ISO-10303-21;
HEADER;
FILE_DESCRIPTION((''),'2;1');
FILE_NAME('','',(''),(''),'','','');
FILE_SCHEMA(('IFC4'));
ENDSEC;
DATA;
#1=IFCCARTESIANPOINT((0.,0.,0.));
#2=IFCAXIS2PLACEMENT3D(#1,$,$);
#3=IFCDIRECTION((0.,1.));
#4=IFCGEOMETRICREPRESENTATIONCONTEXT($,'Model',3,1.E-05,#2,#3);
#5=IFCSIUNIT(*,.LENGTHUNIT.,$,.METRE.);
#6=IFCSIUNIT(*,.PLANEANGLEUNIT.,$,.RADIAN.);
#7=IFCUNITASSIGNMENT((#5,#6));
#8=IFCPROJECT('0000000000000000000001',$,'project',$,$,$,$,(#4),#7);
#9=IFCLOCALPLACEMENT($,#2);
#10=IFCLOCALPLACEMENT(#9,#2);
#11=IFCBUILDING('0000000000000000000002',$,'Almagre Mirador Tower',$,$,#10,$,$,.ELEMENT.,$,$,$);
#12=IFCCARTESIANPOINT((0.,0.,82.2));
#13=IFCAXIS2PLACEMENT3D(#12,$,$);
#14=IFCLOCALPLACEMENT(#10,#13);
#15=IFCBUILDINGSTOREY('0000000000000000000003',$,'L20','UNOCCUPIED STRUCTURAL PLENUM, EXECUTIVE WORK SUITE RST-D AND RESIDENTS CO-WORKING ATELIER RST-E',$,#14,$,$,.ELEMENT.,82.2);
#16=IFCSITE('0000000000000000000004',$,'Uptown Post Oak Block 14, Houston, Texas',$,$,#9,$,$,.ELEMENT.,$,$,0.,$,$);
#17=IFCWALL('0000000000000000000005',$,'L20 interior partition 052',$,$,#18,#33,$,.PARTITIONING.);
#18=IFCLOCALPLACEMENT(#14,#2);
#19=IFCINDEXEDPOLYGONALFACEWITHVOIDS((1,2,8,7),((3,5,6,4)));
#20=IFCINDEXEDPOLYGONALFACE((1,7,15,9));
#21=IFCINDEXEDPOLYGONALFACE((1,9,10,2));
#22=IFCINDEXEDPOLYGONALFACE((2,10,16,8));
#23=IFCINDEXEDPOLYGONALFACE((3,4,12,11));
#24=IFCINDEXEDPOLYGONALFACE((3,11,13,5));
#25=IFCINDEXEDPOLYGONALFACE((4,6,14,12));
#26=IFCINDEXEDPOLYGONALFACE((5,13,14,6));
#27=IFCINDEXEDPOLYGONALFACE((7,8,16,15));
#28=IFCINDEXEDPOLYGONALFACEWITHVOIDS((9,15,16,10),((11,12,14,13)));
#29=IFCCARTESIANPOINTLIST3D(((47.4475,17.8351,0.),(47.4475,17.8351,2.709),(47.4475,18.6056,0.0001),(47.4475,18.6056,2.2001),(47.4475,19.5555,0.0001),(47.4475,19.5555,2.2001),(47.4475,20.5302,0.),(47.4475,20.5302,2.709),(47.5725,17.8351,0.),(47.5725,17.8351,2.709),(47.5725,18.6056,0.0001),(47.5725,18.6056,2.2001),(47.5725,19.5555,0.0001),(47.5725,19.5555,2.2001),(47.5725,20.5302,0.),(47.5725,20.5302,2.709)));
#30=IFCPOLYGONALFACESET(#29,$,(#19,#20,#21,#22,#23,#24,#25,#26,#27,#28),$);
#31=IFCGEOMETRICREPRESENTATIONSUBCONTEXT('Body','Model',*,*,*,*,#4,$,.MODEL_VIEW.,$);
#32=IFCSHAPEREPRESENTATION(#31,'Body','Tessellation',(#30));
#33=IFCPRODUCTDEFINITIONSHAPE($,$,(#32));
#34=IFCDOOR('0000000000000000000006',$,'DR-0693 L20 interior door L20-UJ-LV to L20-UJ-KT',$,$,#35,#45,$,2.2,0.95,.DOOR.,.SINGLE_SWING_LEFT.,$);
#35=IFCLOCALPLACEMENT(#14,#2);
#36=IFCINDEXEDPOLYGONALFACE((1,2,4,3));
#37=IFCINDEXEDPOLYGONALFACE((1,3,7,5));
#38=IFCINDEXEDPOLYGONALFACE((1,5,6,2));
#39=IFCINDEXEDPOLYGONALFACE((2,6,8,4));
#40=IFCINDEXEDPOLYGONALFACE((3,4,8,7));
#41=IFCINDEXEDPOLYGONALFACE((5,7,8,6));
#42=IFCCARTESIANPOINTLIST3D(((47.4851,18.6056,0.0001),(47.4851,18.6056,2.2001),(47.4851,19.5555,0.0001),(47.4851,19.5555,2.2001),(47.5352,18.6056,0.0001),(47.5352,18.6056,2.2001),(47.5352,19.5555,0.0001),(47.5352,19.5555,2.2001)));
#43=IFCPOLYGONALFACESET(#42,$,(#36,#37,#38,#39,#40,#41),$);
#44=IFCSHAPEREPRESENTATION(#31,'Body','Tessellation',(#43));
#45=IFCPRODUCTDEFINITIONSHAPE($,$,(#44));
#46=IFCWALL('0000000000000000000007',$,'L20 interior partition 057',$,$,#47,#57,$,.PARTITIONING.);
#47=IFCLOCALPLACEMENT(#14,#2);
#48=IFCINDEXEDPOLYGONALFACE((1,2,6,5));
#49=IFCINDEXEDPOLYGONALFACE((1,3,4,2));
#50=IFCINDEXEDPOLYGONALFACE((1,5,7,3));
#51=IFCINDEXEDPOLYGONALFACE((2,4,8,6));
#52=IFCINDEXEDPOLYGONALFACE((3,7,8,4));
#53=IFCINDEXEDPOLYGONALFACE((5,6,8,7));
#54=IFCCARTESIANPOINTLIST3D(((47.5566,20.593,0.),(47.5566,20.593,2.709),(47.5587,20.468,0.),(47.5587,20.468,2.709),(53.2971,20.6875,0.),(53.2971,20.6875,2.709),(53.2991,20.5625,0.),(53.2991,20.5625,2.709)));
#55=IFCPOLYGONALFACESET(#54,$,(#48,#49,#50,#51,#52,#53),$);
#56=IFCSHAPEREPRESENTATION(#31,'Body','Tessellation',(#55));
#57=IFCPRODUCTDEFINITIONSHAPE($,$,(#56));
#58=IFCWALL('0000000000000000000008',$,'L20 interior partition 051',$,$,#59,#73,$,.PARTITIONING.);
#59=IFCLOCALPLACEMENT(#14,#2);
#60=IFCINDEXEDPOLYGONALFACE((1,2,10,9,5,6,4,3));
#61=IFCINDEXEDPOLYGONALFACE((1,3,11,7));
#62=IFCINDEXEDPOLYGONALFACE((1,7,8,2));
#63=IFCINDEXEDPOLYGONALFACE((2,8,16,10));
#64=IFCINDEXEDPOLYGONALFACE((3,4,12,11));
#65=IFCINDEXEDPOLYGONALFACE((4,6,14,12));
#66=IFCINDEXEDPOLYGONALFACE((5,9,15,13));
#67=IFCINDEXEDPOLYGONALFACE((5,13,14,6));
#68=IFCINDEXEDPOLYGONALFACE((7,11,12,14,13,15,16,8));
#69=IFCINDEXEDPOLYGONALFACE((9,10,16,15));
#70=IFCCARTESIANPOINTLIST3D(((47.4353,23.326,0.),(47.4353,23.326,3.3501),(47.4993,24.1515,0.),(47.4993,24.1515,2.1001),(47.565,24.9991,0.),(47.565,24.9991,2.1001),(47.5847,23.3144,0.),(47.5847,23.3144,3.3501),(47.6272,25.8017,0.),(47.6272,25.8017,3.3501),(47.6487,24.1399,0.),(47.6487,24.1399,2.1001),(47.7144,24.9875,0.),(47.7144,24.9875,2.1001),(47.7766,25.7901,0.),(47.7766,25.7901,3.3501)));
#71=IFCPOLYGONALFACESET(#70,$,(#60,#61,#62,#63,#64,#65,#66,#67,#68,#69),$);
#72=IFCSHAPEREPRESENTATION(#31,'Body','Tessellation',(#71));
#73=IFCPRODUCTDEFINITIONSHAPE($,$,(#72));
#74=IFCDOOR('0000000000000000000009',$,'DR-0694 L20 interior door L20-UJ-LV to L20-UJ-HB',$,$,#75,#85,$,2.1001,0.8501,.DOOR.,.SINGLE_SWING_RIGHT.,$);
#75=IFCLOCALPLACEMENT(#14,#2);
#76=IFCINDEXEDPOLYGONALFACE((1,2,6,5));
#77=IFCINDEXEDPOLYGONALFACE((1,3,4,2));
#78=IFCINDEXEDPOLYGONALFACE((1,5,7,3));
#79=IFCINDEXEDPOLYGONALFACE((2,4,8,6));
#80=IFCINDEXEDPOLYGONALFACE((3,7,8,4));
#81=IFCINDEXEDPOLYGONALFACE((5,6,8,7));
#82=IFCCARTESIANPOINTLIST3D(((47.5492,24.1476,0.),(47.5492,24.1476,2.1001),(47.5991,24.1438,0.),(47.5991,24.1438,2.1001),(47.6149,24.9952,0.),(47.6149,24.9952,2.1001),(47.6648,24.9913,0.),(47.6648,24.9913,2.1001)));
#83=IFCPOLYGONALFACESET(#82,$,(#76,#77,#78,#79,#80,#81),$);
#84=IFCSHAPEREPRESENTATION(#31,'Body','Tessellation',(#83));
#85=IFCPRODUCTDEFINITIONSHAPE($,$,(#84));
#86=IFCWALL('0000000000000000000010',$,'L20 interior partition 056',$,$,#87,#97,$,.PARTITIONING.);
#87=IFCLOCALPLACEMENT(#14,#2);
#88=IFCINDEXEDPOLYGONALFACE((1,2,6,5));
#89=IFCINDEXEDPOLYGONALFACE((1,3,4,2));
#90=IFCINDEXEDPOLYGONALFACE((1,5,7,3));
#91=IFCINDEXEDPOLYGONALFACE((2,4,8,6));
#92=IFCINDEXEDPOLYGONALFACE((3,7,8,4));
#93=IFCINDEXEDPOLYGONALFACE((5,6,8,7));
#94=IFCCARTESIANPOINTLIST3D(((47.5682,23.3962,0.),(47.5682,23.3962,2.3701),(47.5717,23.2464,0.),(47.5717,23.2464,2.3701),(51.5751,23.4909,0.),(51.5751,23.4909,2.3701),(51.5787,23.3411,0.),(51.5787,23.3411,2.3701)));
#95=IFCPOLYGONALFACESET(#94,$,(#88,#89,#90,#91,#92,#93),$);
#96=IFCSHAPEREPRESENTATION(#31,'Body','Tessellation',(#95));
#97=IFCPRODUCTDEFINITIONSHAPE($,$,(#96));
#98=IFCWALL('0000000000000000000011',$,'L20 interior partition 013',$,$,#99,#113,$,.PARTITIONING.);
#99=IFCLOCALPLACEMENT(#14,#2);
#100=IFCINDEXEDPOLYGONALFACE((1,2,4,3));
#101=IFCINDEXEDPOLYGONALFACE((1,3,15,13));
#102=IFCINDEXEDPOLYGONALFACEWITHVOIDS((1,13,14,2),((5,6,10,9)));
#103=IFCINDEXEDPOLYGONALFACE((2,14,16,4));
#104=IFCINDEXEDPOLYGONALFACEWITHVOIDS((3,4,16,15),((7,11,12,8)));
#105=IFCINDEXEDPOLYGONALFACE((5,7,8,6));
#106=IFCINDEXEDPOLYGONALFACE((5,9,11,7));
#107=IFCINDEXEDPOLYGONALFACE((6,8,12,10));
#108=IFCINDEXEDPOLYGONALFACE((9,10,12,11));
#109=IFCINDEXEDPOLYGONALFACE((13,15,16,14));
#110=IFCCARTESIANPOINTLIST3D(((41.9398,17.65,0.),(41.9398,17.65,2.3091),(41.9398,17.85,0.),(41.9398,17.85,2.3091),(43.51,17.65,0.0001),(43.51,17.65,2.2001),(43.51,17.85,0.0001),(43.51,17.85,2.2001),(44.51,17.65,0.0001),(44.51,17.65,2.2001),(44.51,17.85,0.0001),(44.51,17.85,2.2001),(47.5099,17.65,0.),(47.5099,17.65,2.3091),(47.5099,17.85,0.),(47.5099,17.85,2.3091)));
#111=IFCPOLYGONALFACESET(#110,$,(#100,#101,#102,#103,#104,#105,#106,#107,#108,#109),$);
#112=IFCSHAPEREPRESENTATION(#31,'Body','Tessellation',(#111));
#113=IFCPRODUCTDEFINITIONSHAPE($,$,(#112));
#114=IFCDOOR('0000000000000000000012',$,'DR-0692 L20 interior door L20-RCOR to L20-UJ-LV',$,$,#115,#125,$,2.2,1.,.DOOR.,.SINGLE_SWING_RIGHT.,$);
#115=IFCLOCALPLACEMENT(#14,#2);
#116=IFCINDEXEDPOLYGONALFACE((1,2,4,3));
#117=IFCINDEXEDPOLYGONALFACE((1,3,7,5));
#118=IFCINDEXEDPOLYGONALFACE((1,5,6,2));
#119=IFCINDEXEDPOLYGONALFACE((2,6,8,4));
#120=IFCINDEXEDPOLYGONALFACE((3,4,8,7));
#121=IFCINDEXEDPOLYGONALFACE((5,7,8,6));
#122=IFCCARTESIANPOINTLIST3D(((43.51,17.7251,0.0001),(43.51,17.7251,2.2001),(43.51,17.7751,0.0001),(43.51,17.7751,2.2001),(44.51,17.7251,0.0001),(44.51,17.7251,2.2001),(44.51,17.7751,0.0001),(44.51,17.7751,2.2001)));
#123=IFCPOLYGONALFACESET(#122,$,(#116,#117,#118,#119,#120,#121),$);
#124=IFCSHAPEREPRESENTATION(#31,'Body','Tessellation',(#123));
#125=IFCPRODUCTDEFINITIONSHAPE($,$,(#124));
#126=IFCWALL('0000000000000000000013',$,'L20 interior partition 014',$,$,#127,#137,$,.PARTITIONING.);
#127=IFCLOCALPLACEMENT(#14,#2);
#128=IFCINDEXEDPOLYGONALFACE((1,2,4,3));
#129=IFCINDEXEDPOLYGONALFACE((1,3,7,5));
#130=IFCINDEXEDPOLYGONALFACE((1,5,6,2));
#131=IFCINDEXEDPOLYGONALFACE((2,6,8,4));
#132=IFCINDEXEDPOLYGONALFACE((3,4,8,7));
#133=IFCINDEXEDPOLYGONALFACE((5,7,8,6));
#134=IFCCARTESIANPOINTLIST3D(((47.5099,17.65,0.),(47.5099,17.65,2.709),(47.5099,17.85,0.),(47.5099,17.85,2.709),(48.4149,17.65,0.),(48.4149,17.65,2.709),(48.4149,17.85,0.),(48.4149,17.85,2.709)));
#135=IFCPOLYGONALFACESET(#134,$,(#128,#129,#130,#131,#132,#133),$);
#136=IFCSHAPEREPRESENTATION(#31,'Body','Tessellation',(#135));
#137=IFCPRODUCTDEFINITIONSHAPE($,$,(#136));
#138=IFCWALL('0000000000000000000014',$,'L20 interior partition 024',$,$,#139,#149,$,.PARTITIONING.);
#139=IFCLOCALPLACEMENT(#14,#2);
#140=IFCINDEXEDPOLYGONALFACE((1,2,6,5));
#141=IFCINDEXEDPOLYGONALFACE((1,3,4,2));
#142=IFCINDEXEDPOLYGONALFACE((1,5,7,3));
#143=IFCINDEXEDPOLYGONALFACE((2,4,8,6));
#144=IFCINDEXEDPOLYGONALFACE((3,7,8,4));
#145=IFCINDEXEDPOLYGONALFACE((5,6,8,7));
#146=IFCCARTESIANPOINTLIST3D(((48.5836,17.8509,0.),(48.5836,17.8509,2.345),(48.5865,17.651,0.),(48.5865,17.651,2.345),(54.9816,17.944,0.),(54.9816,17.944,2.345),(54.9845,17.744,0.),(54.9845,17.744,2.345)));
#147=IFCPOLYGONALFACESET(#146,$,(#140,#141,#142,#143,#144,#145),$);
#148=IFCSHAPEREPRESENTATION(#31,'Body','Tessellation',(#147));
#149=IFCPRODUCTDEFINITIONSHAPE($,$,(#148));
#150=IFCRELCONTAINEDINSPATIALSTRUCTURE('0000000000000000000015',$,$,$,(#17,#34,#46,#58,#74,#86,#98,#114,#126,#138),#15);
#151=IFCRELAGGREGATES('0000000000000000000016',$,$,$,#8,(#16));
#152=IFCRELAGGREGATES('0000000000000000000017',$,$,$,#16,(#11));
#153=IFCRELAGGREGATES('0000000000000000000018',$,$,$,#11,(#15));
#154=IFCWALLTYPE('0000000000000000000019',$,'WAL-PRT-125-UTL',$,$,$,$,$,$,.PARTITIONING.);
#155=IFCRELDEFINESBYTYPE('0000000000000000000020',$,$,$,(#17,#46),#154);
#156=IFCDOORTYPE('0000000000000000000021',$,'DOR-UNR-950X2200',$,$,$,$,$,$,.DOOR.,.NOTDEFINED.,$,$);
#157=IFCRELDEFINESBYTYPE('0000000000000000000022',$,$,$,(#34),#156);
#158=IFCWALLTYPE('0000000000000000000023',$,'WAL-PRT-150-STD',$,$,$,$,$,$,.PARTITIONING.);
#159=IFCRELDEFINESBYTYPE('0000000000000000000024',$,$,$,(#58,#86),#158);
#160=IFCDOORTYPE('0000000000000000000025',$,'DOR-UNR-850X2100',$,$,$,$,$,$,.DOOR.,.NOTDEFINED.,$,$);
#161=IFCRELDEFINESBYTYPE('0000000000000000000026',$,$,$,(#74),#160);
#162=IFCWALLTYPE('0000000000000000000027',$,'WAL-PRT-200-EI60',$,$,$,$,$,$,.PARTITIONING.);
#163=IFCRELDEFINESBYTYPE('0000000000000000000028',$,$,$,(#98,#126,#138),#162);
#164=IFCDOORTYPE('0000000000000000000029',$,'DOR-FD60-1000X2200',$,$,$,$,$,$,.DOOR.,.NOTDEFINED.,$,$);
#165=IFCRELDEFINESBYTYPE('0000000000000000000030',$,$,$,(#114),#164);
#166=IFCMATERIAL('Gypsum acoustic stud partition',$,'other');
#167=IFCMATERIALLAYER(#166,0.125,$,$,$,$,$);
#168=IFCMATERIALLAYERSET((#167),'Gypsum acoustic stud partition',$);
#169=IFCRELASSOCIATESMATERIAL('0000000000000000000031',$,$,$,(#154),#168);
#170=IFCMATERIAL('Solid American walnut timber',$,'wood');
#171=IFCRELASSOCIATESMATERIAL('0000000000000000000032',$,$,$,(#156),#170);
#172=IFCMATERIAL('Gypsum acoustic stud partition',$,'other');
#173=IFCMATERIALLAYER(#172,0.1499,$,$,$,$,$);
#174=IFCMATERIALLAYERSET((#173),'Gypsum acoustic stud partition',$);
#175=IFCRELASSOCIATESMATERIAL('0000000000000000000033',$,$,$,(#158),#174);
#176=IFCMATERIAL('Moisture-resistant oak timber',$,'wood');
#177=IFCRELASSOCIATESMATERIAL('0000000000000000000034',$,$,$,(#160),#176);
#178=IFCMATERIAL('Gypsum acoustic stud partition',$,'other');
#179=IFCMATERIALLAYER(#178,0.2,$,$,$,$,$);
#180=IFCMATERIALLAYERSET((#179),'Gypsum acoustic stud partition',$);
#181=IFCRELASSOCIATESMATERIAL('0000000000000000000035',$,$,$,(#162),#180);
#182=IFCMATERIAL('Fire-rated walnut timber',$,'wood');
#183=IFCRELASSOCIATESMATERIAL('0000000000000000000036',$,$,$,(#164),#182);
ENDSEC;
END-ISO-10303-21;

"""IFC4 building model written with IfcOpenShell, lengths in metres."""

from ifc_helpers import new_model, si_unit, direction, frame, frame_2d, origin, place, context, subcontext, project, spatial, rectangle, extrude, material, layer, layer_set, type_object, element, fill, save


model = new_model("IFC4")

# Units and contexts
model_context = context("Model", 3, precision=1e-05, world=origin(), true_north=direction((0.0, 1.0)))
body_context = subcontext(model_context, "Body", "Model", "MODEL_VIEW")
ifc_project = project(units=[si_unit("LENGTHUNIT", "METRE"), si_unit("PLANEANGLEUNIT", "RADIAN")], contexts=[model_context])

# Site, building, storey
site_placement = place(None, origin())
site = spatial("IfcSite", under=ifc_project, at=site_placement, Name="Uptown Post Oak Block 14, Houston, Texas", CompositionType="ELEMENT", RefElevation=0.0)
building_placement = place(site_placement, origin())
building = spatial("IfcBuilding", under=site, at=building_placement, Name="Almagre Mirador Tower", CompositionType="ELEMENT")
storey_placement = place(building_placement, frame((0.0, 0.0, 82.2)))
storey = spatial("IfcBuildingStorey", under=building, at=storey_placement, Name="L20", Description="UNOCCUPIED STRUCTURAL PLENUM, EXECUTIVE WORK SUITE RST-D AND RESIDENTS CO-WORKING ATELIER RST-E", CompositionType="ELEMENT", Elevation=82.2)

# Wall, opening, door
ifc_material_1 = material(Name="Gypsum acoustic stud partition", Category="other")
ifc_layer_1 = layer(ifc_material_1, 0.125)
ifc_layer_set_1 = layer_set([ifc_layer_1], Name="Gypsum acoustic stud partition")
wall_type_1 = type_object("IfcWallType", Name="WAL-PRT-125-UTL", PredefinedType="PARTITIONING", material=ifc_layer_set_1)
wall_1_placement = place(storey_placement, frame((47.51, 17.835, 0.0), z_axis=(0.0, 0.0, 1.0), x_axis=(0.0, 1.0, 0.0)))
wall_1 = element("IfcWall", 1, at=wall_1_placement, inside=storey, type_object=wall_type_1, Name="L20 interior partition 052", PredefinedType="PARTITIONING", context=body_context, shape_type="SweptSolid", body=[
    extrude(rectangle(XDim=2.6951, YDim=0.125, at=frame_2d((1.3477, 0.0))), origin(), (0.0, 0.0, 1.0), 2.709),
])
opening_1_placement = place(wall_1_placement, frame((0.7705, 0.0, 0.0)))
opening_1 = element("IfcOpeningElement", 2, at=opening_1_placement, cuts=wall_1, PredefinedType="OPENING", context=body_context, shape_type="SweptSolid", body=[
    extrude(rectangle(XDim=0.95, YDim=2.2, at=frame_2d((0.4751, 1.1001))), frame((0.0, 0.0725, 0.0), z_axis=(0.0, -1.0, 0.0), x_axis=(1.0, 0.0, 0.0)), (0.0, 0.0, 1.0), 0.145),
])
ifc_material_2 = material(Name="Solid American walnut timber", Category="wood")
door_type_1 = type_object("IfcDoorType", Name="DOR-UNR-950X2200", OperationType="NOTDEFINED", PredefinedType="DOOR", material=ifc_material_2)
door_1_placement = place(opening_1_placement, origin())
door_1 = element("IfcDoor", 3, at=door_1_placement, inside=storey, type_object=door_type_1, Name="DR-0693 L20 interior door L20-UJ-LV to L20-UJ-KT", OperationType="SINGLE_SWING_LEFT", OverallHeight=2.2, OverallWidth=0.95, PredefinedType="DOOR", context=body_context, shape_type="SweptSolid", body=[
    extrude(rectangle(XDim=0.95, YDim=2.2, at=frame_2d((0.4751, 1.1001))), frame((0.0, 0.0249, 0.0), z_axis=(0.0, -1.0, 0.0), x_axis=(1.0, 0.0, 0.0)), (0.0, 0.0, 1.0), 0.05),
])
fill(opening_1, door_1)

# Wall
wall_2_placement = place(storey_placement, frame((53.2981, 20.625, 0.0), z_axis=(0.0, 0.0, 1.0), x_axis=(-0.999865, -0.016457, 0.0)))
element("IfcWall", 4, at=wall_2_placement, inside=storey, type_object=wall_type_1, Name="L20 interior partition 057", PredefinedType="PARTITIONING", context=body_context, shape_type="SweptSolid", body=[
    extrude(rectangle(XDim=5.7412, YDim=0.125, at=frame_2d((2.8706, 0.0))), origin(), (0.0, 0.0, 1.0), 2.709),
])

# Wall, opening, door
ifc_material_3 = material(Name="Gypsum acoustic stud partition", Category="other")
ifc_layer_2 = layer(ifc_material_3, 0.1499)
ifc_layer_set_2 = layer_set([ifc_layer_2], Name="Gypsum acoustic stud partition")
wall_type_2 = type_object("IfcWallType", Name="WAL-PRT-150-STD", PredefinedType="PARTITIONING", material=ifc_layer_set_2)
wall_3_placement = place(storey_placement, frame((47.51, 23.3201, 0.0), z_axis=(0.0, 0.0, 1.0), x_axis=(0.077275, 0.99701, 0.0)))
wall_3 = element("IfcWall", 5, at=wall_3_placement, inside=storey, type_object=wall_type_2, Name="L20 interior partition 051", PredefinedType="PARTITIONING", context=body_context, shape_type="SweptSolid", body=[
    extrude(rectangle(XDim=2.4832, YDim=0.1499, at=frame_2d((1.2417, 0.0))), origin(), (0.0, 0.0, 1.0), 3.3501),
])
opening_2_placement = place(wall_3_placement, frame((0.8281, 0.0, 0.0)))
opening_2 = element("IfcOpeningElement", 6, at=opening_2_placement, cuts=wall_3, PredefinedType="OPENING", context=body_context, shape_type="SweptSolid", body=[
    extrude(rectangle(XDim=0.8501, YDim=2.1001, at=frame_2d((0.425, 1.05))), frame((0.0, 0.085, 0.0), z_axis=(0.0, -1.0, 0.0), x_axis=(1.0, 0.0, 0.0)), (0.0, 0.0, 1.0), 0.1699),
])
ifc_material_4 = material(Name="Moisture-resistant oak timber", Category="wood")
door_type_2 = type_object("IfcDoorType", Name="DOR-UNR-850X2100", OperationType="NOTDEFINED", PredefinedType="DOOR", material=ifc_material_4)
door_2_placement = place(opening_2_placement, origin())
door_2 = element("IfcDoor", 7, at=door_2_placement, inside=storey, type_object=door_type_2, Name="DR-0694 L20 interior door L20-UJ-LV to L20-UJ-HB", OperationType="SINGLE_SWING_RIGHT", OverallHeight=2.1001, OverallWidth=0.8501, PredefinedType="DOOR", context=body_context, shape_type="SweptSolid", body=[
    extrude(rectangle(XDim=0.8501, YDim=2.1001, at=frame_2d((0.425, 1.05))), frame((0.0, 0.0249, 0.0), z_axis=(0.0, -1.0, 0.0), x_axis=(1.0, 0.0, 0.0)), (0.0, 0.0, 1.0), 0.05),
])
fill(opening_2, door_2)

# Wall
wall_4_placement = place(storey_placement, frame((47.5701, 23.3213, 0.0), z_axis=(0.0, 0.0, 1.0), x_axis=(0.999721, 0.023635, 0.0)))
element("IfcWall", 8, at=wall_4_placement, inside=storey, type_object=wall_type_2, Name="L20 interior partition 056", PredefinedType="PARTITIONING", context=body_context, shape_type="SweptSolid", body=[
    extrude(rectangle(XDim=4.0081, YDim=0.1499, at=frame_2d((2.0039, 0.0))), origin(), (0.0, 0.0, 1.0), 2.3701),
])

# Wall, opening, door
ifc_material_5 = material(Name="Gypsum acoustic stud partition", Category="other")
ifc_layer_3 = layer(ifc_material_5, 0.2)
ifc_layer_set_3 = layer_set([ifc_layer_3], Name="Gypsum acoustic stud partition")
wall_type_3 = type_object("IfcWallType", Name="WAL-PRT-200-EI60", PredefinedType="PARTITIONING", material=ifc_layer_set_3)
wall_5_placement = place(storey_placement, frame((47.51, 17.75, 0.0), z_axis=(0.0, 0.0, 1.0), x_axis=(-1.0, 0.0, 0.0)))
wall_5 = element("IfcWall", 9, at=wall_5_placement, inside=storey, type_object=wall_type_3, Name="L20 interior partition 013", PredefinedType="PARTITIONING", context=body_context, shape_type="SweptSolid", body=[
    extrude(rectangle(XDim=5.5701, YDim=0.2, at=frame_2d((2.7852, 0.0))), origin(), (0.0, 0.0, 1.0), 2.3091),
])
opening_3_placement = place(wall_5_placement, frame((3.0, 0.0, 0.0)))
opening_3 = element("IfcOpeningElement", 10, at=opening_3_placement, cuts=wall_5, PredefinedType="OPENING", context=body_context, shape_type="SweptSolid", body=[
    extrude(rectangle(XDim=1.0, YDim=2.2, at=frame_2d((0.5, 1.1001))), frame((0.0, 0.1101, 0.0), z_axis=(0.0, -1.0, 0.0), x_axis=(1.0, 0.0, 0.0)), (0.0, 0.0, 1.0), 0.22),
])
ifc_material_6 = material(Name="Fire-rated walnut timber", Category="wood")
door_type_3 = type_object("IfcDoorType", Name="DOR-FD60-1000X2200", OperationType="NOTDEFINED", PredefinedType="DOOR", material=ifc_material_6)
door_3_placement = place(opening_3_placement, origin())
door_3 = element("IfcDoor", 11, at=door_3_placement, inside=storey, type_object=door_type_3, Name="DR-0692 L20 interior door L20-RCOR to L20-UJ-LV", OperationType="SINGLE_SWING_RIGHT", OverallHeight=2.2, OverallWidth=1.0, PredefinedType="DOOR", context=body_context, shape_type="SweptSolid", body=[
    extrude(rectangle(XDim=1.0, YDim=2.2, at=frame_2d((0.5, 1.1001))), frame((0.0, 0.0249, 0.0), z_axis=(0.0, -1.0, 0.0), x_axis=(1.0, 0.0, 0.0)), (0.0, 0.0, 1.0), 0.05),
])
fill(opening_3, door_3)

# Walls
wall_6_placement = place(storey_placement, frame((48.415, 17.75, 0.0), z_axis=(0.0, 0.0, 1.0), x_axis=(-1.0, 0.0, 0.0)))
element("IfcWall", 12, at=wall_6_placement, inside=storey, type_object=wall_type_3, Name="L20 interior partition 014", PredefinedType="PARTITIONING", context=body_context, shape_type="SweptSolid", body=[
    extrude(rectangle(XDim=0.905, YDim=0.2, at=frame_2d((0.4526, 0.0))), origin(), (0.0, 0.0, 1.0), 2.709),
])
wall_7_placement = place(storey_placement, frame((54.9829, 17.844, 0.0), z_axis=(0.0, 0.0, 1.0), x_axis=(-0.999894, -0.014537, 0.0)))
element("IfcWall", 13, at=wall_7_placement, inside=storey, type_object=wall_type_3, Name="L20 interior partition 024", PredefinedType="PARTITIONING", context=body_context, shape_type="SweptSolid", body=[
    extrude(rectangle(XDim=6.3987, YDim=0.2, at=frame_2d((3.1992, 0.0))), origin(), (0.0, 0.0, 1.0), 2.345),
])

save(model, "model.ifc")
